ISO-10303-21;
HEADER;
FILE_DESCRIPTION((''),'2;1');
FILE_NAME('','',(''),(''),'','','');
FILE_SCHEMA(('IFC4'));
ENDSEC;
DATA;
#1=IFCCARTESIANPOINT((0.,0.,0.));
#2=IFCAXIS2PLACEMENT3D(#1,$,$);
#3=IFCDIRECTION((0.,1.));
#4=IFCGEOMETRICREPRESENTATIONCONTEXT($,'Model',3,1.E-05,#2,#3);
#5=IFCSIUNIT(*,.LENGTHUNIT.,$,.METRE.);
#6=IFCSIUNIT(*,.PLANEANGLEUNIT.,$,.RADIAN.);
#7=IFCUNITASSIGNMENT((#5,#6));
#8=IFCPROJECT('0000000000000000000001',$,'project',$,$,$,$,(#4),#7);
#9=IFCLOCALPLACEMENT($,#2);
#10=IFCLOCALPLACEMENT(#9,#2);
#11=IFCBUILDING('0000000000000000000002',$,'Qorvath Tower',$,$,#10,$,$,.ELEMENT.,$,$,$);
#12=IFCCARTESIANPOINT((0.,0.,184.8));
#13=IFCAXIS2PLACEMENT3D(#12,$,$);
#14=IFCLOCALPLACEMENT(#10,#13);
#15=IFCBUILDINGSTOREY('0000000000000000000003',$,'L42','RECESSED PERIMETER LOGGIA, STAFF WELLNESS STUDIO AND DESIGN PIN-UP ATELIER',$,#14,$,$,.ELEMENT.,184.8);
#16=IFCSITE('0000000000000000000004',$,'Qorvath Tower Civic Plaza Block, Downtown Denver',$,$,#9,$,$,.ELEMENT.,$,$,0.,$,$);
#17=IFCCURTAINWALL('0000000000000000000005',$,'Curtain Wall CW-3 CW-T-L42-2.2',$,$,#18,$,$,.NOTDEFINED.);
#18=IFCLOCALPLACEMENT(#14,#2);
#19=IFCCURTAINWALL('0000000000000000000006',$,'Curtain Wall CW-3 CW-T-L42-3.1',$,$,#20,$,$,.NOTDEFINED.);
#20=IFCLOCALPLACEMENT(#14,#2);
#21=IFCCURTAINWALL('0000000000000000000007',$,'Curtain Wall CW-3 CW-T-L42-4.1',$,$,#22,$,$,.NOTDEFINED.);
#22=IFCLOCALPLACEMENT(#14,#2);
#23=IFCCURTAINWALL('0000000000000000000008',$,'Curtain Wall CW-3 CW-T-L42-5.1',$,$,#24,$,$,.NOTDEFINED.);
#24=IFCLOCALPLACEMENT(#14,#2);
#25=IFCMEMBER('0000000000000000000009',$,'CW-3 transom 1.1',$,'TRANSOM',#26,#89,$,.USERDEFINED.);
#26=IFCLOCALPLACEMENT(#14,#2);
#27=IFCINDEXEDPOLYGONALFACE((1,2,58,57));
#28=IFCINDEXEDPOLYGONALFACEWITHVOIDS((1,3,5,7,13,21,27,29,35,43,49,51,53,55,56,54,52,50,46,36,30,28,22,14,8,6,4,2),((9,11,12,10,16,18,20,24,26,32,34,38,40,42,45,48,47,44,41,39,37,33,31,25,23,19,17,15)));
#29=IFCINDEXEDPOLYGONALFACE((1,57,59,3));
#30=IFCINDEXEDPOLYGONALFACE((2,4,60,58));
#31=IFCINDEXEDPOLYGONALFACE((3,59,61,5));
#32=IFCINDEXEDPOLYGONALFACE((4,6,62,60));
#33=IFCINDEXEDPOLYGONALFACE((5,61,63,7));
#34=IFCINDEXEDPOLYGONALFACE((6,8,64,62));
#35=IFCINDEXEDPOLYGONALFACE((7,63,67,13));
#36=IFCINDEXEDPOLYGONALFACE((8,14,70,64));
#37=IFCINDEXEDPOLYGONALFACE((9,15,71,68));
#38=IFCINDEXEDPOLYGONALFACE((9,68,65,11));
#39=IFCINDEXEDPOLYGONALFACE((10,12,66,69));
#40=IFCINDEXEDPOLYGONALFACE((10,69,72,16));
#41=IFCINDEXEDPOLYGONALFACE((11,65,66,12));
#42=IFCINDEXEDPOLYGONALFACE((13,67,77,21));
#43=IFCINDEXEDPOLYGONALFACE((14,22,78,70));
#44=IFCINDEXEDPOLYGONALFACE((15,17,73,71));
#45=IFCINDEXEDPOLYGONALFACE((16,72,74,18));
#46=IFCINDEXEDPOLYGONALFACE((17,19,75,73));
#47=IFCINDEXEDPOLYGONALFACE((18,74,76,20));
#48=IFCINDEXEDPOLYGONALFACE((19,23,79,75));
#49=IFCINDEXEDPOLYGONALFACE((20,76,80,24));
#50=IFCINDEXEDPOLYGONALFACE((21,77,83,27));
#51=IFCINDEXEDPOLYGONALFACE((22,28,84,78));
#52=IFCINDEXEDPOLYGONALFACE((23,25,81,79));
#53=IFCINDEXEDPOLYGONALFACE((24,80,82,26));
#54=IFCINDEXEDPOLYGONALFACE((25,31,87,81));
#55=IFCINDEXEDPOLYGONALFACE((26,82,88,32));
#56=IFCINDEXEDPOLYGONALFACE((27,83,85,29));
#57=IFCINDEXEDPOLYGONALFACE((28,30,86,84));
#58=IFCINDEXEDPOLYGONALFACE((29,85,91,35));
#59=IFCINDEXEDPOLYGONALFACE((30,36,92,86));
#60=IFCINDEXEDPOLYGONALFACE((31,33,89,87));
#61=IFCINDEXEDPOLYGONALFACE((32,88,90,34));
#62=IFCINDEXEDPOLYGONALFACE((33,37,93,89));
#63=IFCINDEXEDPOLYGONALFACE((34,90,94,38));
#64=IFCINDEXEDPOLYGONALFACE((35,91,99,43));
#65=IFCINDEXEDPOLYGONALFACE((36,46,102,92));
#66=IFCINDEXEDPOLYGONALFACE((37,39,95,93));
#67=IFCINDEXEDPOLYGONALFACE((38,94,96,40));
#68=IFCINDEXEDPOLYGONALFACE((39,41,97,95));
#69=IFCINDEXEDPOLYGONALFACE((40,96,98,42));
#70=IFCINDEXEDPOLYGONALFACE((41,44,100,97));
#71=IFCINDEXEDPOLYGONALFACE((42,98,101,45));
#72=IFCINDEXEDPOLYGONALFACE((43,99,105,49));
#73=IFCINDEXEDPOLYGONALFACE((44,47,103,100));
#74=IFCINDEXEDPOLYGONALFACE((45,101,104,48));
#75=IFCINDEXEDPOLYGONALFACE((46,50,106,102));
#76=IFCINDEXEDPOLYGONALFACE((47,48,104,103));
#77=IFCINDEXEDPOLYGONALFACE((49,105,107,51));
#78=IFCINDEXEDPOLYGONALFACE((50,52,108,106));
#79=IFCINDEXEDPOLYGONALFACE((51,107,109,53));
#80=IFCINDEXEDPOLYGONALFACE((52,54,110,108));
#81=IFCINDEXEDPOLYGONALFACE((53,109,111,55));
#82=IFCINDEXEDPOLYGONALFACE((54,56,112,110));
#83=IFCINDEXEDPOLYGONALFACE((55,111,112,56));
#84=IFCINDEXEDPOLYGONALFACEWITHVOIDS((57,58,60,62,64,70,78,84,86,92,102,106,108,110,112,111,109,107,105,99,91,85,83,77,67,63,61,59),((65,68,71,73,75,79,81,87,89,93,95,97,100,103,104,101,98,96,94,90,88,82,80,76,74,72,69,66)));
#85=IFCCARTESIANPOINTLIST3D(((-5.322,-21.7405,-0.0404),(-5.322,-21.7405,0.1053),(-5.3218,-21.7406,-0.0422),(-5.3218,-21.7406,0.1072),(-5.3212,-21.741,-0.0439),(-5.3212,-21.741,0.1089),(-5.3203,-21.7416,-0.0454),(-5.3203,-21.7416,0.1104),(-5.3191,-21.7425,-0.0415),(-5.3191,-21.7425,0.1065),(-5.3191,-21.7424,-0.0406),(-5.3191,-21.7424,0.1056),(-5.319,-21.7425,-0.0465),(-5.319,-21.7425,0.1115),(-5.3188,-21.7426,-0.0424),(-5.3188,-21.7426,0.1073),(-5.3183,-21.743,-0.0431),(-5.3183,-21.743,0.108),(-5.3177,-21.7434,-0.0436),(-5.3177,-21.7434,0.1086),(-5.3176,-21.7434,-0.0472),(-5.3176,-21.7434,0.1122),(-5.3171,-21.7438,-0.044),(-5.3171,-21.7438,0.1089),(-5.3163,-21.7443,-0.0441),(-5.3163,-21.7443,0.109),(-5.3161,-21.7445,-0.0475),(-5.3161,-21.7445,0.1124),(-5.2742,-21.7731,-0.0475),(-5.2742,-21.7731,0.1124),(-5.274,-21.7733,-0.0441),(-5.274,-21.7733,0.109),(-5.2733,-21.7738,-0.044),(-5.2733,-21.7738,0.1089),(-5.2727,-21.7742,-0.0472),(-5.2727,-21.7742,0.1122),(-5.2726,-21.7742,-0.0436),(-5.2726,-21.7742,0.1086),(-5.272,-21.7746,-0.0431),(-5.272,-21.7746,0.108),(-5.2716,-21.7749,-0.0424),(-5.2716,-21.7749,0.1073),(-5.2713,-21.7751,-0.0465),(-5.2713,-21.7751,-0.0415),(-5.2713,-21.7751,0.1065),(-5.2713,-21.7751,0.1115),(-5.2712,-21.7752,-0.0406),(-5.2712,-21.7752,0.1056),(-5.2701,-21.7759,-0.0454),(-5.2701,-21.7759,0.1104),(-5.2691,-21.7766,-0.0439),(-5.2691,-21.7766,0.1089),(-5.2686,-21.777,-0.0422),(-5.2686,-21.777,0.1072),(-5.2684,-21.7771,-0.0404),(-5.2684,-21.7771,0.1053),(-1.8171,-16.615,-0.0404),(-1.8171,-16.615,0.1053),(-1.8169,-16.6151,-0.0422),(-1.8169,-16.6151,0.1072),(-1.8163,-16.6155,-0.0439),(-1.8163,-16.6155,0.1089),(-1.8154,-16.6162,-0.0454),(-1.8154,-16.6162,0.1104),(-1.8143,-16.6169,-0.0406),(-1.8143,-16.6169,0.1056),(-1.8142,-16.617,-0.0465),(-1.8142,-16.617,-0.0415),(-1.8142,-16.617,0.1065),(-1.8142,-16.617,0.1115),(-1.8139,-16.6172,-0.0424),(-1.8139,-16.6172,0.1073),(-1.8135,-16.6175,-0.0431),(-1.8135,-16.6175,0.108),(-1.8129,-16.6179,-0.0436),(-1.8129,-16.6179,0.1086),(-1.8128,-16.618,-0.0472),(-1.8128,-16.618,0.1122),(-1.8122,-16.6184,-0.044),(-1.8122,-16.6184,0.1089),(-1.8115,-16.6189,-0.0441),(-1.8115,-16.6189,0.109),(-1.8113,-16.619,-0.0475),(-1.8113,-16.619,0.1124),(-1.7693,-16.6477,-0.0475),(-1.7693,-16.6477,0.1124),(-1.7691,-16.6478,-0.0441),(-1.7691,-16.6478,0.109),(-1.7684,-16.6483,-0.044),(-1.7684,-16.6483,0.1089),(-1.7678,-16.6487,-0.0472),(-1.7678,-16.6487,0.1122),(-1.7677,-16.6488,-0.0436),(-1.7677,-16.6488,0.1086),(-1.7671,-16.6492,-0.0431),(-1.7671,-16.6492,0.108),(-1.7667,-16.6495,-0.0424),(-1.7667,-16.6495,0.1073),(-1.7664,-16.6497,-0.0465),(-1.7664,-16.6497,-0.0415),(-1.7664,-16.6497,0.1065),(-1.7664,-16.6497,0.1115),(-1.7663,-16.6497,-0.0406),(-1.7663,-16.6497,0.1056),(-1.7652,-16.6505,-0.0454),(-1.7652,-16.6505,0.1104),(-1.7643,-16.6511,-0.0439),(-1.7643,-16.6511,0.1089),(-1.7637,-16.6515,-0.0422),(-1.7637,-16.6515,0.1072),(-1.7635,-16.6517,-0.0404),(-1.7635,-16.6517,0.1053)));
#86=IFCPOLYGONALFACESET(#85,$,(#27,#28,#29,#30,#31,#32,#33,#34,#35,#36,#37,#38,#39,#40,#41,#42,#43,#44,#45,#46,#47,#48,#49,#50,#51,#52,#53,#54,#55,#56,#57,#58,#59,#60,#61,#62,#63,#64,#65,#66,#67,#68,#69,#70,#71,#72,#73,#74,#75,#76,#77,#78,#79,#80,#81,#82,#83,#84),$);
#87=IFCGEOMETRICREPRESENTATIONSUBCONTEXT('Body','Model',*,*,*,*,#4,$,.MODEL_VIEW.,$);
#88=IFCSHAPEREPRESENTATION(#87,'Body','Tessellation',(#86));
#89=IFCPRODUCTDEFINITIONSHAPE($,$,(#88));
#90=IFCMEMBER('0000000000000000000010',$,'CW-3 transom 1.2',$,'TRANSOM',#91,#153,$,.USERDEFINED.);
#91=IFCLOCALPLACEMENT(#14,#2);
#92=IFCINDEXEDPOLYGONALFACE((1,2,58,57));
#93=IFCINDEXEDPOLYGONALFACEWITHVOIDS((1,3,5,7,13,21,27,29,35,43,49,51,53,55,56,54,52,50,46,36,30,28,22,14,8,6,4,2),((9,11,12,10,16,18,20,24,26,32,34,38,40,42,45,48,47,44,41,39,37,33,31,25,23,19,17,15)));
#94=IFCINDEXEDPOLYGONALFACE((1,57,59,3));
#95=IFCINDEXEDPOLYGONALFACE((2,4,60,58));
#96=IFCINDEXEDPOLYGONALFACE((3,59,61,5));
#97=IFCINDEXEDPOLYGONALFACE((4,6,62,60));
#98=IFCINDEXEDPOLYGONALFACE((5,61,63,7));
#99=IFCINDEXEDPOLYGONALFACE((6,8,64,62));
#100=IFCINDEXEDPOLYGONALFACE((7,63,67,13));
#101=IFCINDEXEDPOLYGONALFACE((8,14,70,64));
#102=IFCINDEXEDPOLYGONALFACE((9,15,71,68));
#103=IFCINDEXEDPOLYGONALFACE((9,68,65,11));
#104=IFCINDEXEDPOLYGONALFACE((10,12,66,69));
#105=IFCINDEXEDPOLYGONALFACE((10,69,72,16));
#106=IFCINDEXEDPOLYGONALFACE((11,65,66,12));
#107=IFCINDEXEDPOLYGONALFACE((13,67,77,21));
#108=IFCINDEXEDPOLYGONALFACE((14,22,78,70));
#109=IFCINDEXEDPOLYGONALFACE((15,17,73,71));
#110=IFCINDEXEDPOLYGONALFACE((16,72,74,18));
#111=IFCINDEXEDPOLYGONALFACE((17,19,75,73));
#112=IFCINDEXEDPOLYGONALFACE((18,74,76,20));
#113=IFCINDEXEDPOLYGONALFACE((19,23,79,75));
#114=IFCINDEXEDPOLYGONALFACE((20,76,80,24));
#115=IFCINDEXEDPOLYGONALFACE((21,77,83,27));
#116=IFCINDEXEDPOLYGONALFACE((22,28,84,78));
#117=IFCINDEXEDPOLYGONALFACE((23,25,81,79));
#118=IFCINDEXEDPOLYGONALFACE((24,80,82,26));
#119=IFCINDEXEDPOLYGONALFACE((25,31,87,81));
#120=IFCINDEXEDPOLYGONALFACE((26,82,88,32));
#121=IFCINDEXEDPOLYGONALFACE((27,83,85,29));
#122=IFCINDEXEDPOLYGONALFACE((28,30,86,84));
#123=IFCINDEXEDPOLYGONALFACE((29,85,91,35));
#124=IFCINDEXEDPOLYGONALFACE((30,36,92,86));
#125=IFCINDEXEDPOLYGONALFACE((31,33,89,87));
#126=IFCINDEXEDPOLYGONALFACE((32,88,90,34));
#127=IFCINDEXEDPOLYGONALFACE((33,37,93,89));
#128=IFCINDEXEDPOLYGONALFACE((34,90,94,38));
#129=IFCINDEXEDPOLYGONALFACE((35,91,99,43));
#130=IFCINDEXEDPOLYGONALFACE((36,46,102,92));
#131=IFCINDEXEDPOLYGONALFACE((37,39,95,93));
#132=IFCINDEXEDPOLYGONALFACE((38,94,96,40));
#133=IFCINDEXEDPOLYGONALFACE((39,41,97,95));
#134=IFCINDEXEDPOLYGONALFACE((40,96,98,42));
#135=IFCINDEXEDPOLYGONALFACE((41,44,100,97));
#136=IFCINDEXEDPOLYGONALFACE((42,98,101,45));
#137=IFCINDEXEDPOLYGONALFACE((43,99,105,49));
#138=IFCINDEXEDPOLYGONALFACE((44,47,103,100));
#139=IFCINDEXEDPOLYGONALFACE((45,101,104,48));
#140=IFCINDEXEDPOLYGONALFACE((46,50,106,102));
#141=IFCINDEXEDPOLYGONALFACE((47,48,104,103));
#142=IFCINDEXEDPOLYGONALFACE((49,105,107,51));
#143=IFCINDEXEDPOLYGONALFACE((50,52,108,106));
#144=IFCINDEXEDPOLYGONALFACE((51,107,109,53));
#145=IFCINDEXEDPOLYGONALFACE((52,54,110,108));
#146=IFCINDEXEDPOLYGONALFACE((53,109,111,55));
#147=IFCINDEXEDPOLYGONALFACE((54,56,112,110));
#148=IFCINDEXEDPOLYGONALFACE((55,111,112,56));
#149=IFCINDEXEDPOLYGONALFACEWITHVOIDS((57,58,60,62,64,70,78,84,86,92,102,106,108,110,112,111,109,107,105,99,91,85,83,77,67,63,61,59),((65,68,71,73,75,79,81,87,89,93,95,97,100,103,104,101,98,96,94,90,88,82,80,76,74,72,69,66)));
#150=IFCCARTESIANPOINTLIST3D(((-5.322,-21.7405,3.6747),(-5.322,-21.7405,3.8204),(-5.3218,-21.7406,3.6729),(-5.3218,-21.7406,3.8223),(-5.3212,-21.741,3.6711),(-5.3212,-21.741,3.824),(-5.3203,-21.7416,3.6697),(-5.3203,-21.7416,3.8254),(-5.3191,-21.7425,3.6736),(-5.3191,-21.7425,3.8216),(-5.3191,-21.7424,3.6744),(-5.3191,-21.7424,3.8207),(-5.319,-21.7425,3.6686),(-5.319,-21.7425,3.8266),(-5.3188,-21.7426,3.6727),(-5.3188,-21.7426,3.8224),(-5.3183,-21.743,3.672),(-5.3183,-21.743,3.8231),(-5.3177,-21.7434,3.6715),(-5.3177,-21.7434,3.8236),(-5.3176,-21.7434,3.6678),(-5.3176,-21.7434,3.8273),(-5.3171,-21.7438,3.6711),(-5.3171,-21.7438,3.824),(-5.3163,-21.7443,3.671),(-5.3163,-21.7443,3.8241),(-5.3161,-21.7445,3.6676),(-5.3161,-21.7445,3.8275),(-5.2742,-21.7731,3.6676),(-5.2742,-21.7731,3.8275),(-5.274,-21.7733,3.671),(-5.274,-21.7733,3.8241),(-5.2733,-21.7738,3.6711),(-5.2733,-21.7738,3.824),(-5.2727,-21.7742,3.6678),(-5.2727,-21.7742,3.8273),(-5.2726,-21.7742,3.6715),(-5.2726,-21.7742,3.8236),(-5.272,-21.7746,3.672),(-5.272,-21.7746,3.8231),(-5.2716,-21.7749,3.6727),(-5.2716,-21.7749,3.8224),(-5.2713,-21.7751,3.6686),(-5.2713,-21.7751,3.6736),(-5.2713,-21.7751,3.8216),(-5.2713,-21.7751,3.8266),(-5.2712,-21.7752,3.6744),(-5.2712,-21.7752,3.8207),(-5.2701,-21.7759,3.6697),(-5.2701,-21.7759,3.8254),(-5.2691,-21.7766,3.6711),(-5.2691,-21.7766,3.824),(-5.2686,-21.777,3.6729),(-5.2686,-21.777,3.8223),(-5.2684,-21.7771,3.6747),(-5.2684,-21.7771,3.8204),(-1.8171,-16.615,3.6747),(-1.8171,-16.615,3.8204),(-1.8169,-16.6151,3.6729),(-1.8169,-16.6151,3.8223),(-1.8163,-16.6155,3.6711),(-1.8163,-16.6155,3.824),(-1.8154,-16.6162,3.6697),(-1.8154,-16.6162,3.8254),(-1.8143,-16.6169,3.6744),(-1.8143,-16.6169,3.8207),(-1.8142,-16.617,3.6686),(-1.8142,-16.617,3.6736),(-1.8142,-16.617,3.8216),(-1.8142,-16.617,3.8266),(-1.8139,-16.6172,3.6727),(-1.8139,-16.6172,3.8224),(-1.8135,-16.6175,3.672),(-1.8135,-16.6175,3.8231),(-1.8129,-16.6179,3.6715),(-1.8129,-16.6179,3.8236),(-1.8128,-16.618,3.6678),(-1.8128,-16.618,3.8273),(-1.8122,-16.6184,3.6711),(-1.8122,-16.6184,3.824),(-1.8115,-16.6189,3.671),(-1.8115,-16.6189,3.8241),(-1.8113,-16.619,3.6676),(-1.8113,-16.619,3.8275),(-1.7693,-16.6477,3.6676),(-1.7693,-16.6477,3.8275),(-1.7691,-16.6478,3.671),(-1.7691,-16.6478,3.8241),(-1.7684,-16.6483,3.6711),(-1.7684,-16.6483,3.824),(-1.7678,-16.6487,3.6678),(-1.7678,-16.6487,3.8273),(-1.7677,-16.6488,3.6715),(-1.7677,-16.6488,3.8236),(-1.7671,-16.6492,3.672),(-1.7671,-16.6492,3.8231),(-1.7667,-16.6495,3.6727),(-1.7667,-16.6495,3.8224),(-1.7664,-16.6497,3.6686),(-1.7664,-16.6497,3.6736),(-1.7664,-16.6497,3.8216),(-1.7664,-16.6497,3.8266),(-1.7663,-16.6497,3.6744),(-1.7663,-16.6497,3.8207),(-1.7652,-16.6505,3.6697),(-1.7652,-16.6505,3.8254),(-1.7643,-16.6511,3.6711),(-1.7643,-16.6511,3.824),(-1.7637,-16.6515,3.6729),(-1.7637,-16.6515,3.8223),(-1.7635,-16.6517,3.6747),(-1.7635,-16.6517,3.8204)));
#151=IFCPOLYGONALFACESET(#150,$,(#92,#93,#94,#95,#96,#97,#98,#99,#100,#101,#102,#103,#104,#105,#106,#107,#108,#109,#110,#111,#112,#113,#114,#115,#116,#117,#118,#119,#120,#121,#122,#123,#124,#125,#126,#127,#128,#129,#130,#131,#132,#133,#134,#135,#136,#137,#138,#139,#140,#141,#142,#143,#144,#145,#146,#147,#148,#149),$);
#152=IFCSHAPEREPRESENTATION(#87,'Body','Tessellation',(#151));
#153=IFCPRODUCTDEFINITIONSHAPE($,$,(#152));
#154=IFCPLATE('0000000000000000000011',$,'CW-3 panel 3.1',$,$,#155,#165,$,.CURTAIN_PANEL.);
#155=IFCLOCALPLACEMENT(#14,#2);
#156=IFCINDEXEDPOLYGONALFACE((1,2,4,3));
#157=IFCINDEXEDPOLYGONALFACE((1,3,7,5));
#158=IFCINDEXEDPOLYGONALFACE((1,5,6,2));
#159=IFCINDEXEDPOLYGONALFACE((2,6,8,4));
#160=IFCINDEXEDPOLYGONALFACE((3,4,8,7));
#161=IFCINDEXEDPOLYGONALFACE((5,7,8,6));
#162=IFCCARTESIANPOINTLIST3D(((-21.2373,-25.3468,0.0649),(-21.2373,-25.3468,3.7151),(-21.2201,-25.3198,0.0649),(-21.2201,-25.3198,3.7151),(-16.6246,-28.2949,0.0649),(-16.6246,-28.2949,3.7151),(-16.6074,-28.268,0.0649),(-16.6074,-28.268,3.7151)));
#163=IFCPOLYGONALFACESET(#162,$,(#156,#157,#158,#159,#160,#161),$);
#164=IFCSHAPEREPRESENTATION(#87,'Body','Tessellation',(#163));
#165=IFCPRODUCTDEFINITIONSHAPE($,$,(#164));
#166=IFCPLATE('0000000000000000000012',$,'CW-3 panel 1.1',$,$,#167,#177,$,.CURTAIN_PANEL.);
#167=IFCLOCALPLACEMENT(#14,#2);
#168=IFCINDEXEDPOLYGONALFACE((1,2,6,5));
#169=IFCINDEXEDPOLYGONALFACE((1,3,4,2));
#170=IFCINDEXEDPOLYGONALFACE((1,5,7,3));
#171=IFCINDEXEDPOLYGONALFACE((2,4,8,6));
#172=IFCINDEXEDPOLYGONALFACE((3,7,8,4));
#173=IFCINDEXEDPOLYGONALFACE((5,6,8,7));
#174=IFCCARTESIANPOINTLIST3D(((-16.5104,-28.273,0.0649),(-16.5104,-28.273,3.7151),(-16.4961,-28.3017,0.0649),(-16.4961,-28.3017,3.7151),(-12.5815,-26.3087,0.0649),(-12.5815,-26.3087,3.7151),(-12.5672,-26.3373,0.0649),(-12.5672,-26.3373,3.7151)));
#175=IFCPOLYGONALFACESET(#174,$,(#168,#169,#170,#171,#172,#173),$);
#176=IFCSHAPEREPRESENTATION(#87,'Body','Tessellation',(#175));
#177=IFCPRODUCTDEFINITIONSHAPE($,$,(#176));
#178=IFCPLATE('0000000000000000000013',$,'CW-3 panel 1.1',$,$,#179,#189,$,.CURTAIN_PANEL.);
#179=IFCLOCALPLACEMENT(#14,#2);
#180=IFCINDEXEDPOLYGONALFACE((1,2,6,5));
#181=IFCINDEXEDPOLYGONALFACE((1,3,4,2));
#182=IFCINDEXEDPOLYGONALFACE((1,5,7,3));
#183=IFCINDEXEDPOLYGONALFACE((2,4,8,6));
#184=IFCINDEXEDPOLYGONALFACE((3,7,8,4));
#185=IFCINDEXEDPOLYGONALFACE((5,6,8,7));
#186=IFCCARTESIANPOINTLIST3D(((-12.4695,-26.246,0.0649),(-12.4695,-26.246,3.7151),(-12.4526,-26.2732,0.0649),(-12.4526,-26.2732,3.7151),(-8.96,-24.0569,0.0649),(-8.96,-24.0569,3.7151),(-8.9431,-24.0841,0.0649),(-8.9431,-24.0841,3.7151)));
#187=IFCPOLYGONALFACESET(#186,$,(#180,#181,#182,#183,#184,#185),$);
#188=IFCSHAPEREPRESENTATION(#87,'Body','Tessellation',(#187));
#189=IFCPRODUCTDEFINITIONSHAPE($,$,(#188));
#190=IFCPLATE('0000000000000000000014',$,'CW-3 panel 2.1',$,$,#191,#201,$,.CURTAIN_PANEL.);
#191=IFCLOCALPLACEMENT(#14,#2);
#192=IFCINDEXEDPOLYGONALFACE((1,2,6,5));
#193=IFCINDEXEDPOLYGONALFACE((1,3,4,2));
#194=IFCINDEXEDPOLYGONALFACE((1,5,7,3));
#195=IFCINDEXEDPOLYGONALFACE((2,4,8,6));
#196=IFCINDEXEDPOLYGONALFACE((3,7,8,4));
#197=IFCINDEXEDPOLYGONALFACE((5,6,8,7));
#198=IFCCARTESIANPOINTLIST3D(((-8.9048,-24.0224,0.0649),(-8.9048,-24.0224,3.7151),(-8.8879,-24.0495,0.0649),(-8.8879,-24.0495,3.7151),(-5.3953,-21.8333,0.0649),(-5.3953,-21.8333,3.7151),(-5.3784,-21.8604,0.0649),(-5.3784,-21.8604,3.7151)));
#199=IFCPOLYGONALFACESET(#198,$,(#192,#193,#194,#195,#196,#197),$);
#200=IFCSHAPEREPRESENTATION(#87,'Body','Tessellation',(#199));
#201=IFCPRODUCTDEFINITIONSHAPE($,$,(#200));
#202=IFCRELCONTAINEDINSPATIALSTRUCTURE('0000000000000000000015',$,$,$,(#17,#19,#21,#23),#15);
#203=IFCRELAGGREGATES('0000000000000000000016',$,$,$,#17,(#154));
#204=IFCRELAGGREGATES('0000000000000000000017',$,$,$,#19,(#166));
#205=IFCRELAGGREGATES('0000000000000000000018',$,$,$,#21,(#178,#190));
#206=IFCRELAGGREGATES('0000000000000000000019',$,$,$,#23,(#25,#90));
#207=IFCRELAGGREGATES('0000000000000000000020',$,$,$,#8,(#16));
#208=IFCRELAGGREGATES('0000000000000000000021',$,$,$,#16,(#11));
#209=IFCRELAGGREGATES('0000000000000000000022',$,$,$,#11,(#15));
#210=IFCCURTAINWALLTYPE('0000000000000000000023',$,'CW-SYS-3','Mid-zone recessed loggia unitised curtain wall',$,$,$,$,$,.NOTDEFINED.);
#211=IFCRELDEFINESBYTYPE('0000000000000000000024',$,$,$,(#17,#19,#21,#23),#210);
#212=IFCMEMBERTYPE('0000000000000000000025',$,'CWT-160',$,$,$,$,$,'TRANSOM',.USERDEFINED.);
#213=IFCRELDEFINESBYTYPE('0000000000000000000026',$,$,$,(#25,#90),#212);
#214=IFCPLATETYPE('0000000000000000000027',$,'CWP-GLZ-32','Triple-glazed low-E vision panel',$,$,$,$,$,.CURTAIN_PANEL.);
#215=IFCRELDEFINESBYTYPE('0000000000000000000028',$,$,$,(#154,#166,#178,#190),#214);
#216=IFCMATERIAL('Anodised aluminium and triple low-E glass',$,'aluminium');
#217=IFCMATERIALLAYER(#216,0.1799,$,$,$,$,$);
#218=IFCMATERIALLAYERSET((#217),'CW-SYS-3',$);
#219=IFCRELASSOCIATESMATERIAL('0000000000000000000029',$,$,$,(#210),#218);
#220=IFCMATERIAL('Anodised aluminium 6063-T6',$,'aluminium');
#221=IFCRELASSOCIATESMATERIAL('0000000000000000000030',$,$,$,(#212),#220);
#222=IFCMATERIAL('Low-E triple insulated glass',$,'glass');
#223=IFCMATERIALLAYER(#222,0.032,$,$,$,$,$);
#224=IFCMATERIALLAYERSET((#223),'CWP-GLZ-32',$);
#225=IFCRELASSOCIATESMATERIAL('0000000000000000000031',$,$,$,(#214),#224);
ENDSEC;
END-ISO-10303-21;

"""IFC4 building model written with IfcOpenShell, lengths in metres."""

from ifc_helpers import new_model, si_unit, direction, frame, origin, origin_2d, place, context, subcontext, project, spatial, rectangle, hollow_rectangle, extrude, material, layer, layer_set, material_profile, profile_set, type_object, element, aggregate, save


model = new_model("IFC4")

# Units and contexts
model_context = context("Model", 3, precision=1e-05, world=origin(), true_north=direction((0.0, 1.0)))
body_context = subcontext(model_context, "Body", "Model", "MODEL_VIEW")
ifc_project = project(units=[si_unit("LENGTHUNIT", "METRE"), si_unit("PLANEANGLEUNIT", "RADIAN")], contexts=[model_context])

# Site, building, storey
site_placement = place(None, origin())
site = spatial("IfcSite", under=ifc_project, at=site_placement, Name="Qorvath Tower Civic Plaza Block, Downtown Denver", CompositionType="ELEMENT", RefElevation=0.0)
building_placement = place(site_placement, origin())
building = spatial("IfcBuilding", under=site, at=building_placement, Name="Qorvath Tower", CompositionType="ELEMENT")
storey_placement = place(building_placement, frame((0.0, 0.0, 184.8)))
storey = spatial("IfcBuildingStorey", under=building, at=storey_placement, Name="L42", Description="RECESSED PERIMETER LOGGIA, STAFF WELLNESS STUDIO AND DESIGN PIN-UP ATELIER", CompositionType="ELEMENT", Elevation=184.8)

# Curtain wall
ifc_material_1 = material(Name="Anodised aluminium and triple low-E glass", Category="aluminium")
ifc_layer_1 = layer(ifc_material_1, 0.1799)
ifc_layer_set_1 = layer_set([ifc_layer_1], Name="CW-SYS-3")
curtain_wall_type = type_object("IfcCurtainWallType", Name="CW-SYS-3", Description="Mid-zone recessed loggia unitised curtain wall", PredefinedType="NOTDEFINED", material=ifc_layer_set_1)
curtain_wall_1_placement = place(storey_placement, origin())
curtain_wall_1 = element("IfcCurtainWall", 1, at=curtain_wall_1_placement, inside=storey, type_object=curtain_wall_type, Name="Curtain Wall CW-3 CW-T-L42-2.2", PredefinedType="NOTDEFINED")

# Curtain walls
curtain_wall_2_placement = place(storey_placement, origin())
curtain_wall_2 = element("IfcCurtainWall", 2, at=curtain_wall_2_placement, inside=storey, type_object=curtain_wall_type, Name="Curtain Wall CW-3 CW-T-L42-3.1", PredefinedType="NOTDEFINED")
curtain_wall_3_placement = place(storey_placement, origin())
curtain_wall_3 = element("IfcCurtainWall", 3, at=curtain_wall_3_placement, inside=storey, type_object=curtain_wall_type, Name="Curtain Wall CW-3 CW-T-L42-4.1", PredefinedType="NOTDEFINED")
curtain_wall_4_placement = place(storey_placement, origin())
curtain_wall_4 = element("IfcCurtainWall", 4, at=curtain_wall_4_placement, inside=storey, type_object=curtain_wall_type, Name="Curtain Wall CW-3 CW-T-L42-5.1", PredefinedType="NOTDEFINED")

# Members
ifc_material_2 = material(Name="Anodised aluminium 6063-T6", Category="aluminium")
ifc_material_profile_1 = material_profile(ifc_material_2, hollow_rectangle(XDim=0.0649, YDim=0.1599, WallThickness=0.0034, InnerFilletRadius=0.0034, OuterFilletRadius=0.0071, at=origin_2d()), Name="CWT 160x65")
ifc_profile_set_1 = profile_set([ifc_material_profile_1], Name="Anodised aluminium 6063-T6")
member_type_1 = type_object("IfcMemberType", Name="CWT-160", ElementType="TRANSOM", PredefinedType="USERDEFINED", material=ifc_profile_set_1)
member_1_placement = place(storey_placement, frame((-5.2952, -21.7588, 0.0325), z_axis=(0.564461, 0.82546, 0.0), x_axis=(-0.82546, 0.564461, 0.0)))
member_1 = element("IfcMember", 5, at=member_1_placement, type_object=member_type_1, Name="CW-3 transom 1.1", ObjectType="TRANSOM", PredefinedType="USERDEFINED", context=body_context, shape_type="SweptSolid", body=[
    extrude(hollow_rectangle(XDim=0.0649, YDim=0.1599, WallThickness=0.0034, InnerFilletRadius=0.0034, OuterFilletRadius=0.0071, at=origin_2d()), origin(), (0.0, 0.0, 1.0), 6.2092),
])
member_2_placement = place(storey_placement, frame((-5.2952, -21.7588, 3.7476), z_axis=(0.564461, 0.82546, 0.0), x_axis=(-0.82546, 0.564461, 0.0)))
member_2 = element("IfcMember", 6, at=member_2_placement, type_object=member_type_1, Name="CW-3 transom 1.2", ObjectType="TRANSOM", PredefinedType="USERDEFINED", context=body_context, shape_type="SweptSolid", body=[
    extrude(hollow_rectangle(XDim=0.0649, YDim=0.1599, WallThickness=0.0034, InnerFilletRadius=0.0034, OuterFilletRadius=0.0071, at=origin_2d()), origin(), (0.0, 0.0, 1.0), 6.2092),
])

# Plates
ifc_material_3 = material(Name="Low-E triple insulated glass", Category="glass")
ifc_layer_2 = layer(ifc_material_3, 0.032)
ifc_layer_set_2 = layer_set([ifc_layer_2], Name="CWP-GLZ-32")
plate_type = type_object("IfcPlateType", Name="CWP-GLZ-32", Description="Triple-glazed low-E vision panel", PredefinedType="CURTAIN_PANEL", material=ifc_layer_set_2)
plate_1_placement = place(storey_placement, frame((-18.9224, -26.8074, 0.0649), z_axis=(0.0, 0.0, 1.0), x_axis=(0.842606, -0.538531, 0.0)))
plate_1 = element("IfcPlate", 7, at=plate_1_placement, type_object=plate_type, Name="CW-3 panel 3.1", PredefinedType="CURTAIN_PANEL", context=body_context, shape_type="SweptSolid", body=[
    extrude(rectangle(XDim=5.4744, YDim=0.032, at=origin_2d()), origin(), (0.0, 0.0, 1.0), 3.6501),
])
aggregate(curtain_wall_1, [plate_1])
plate_2_placement = place(storey_placement, frame((-14.5388, -27.3052, 0.0649), z_axis=(0.0, 0.0, 1.0), x_axis=(0.894436, 0.447196, 0.0)))
plate_2 = element("IfcPlate", 8, at=plate_2_placement, type_object=plate_type, Name="CW-3 panel 1.1", PredefinedType="CURTAIN_PANEL", context=body_context, shape_type="SweptSolid", body=[
    extrude(rectangle(XDim=4.3926, YDim=0.032, at=origin_2d()), origin(), (0.0, 0.0, 1.0), 3.6501),
])
aggregate(curtain_wall_2, [plate_2])
plate_3_placement = place(storey_placement, frame((-10.7063, -25.165, 0.0649), z_axis=(0.0, 0.0, 1.0), x_axis=(0.848464, 0.529252, 0.0)))
plate_3 = element("IfcPlate", 9, at=plate_3_placement, type_object=plate_type, Name="CW-3 panel 1.1", PredefinedType="CURTAIN_PANEL", context=body_context, shape_type="SweptSolid", body=[
    extrude(rectangle(XDim=4.1362, YDim=0.032, at=origin_2d()), origin(), (0.0, 0.0, 1.0), 3.6501),
])
plate_4_placement = place(storey_placement, frame((-7.1416, -22.9414, 0.0649), z_axis=(0.0, 0.0, 1.0), x_axis=(0.848464, 0.529252, 0.0)))
plate_4 = element("IfcPlate", 10, at=plate_4_placement, type_object=plate_type, Name="CW-3 panel 2.1", PredefinedType="CURTAIN_PANEL", context=body_context, shape_type="SweptSolid", body=[
    extrude(rectangle(XDim=4.1362, YDim=0.032, at=origin_2d()), origin(), (0.0, 0.0, 1.0), 3.6501),
])
aggregate(curtain_wall_3, [plate_3, plate_4])
aggregate(curtain_wall_4, [member_1, member_2])

save(model, "model.ifc")
